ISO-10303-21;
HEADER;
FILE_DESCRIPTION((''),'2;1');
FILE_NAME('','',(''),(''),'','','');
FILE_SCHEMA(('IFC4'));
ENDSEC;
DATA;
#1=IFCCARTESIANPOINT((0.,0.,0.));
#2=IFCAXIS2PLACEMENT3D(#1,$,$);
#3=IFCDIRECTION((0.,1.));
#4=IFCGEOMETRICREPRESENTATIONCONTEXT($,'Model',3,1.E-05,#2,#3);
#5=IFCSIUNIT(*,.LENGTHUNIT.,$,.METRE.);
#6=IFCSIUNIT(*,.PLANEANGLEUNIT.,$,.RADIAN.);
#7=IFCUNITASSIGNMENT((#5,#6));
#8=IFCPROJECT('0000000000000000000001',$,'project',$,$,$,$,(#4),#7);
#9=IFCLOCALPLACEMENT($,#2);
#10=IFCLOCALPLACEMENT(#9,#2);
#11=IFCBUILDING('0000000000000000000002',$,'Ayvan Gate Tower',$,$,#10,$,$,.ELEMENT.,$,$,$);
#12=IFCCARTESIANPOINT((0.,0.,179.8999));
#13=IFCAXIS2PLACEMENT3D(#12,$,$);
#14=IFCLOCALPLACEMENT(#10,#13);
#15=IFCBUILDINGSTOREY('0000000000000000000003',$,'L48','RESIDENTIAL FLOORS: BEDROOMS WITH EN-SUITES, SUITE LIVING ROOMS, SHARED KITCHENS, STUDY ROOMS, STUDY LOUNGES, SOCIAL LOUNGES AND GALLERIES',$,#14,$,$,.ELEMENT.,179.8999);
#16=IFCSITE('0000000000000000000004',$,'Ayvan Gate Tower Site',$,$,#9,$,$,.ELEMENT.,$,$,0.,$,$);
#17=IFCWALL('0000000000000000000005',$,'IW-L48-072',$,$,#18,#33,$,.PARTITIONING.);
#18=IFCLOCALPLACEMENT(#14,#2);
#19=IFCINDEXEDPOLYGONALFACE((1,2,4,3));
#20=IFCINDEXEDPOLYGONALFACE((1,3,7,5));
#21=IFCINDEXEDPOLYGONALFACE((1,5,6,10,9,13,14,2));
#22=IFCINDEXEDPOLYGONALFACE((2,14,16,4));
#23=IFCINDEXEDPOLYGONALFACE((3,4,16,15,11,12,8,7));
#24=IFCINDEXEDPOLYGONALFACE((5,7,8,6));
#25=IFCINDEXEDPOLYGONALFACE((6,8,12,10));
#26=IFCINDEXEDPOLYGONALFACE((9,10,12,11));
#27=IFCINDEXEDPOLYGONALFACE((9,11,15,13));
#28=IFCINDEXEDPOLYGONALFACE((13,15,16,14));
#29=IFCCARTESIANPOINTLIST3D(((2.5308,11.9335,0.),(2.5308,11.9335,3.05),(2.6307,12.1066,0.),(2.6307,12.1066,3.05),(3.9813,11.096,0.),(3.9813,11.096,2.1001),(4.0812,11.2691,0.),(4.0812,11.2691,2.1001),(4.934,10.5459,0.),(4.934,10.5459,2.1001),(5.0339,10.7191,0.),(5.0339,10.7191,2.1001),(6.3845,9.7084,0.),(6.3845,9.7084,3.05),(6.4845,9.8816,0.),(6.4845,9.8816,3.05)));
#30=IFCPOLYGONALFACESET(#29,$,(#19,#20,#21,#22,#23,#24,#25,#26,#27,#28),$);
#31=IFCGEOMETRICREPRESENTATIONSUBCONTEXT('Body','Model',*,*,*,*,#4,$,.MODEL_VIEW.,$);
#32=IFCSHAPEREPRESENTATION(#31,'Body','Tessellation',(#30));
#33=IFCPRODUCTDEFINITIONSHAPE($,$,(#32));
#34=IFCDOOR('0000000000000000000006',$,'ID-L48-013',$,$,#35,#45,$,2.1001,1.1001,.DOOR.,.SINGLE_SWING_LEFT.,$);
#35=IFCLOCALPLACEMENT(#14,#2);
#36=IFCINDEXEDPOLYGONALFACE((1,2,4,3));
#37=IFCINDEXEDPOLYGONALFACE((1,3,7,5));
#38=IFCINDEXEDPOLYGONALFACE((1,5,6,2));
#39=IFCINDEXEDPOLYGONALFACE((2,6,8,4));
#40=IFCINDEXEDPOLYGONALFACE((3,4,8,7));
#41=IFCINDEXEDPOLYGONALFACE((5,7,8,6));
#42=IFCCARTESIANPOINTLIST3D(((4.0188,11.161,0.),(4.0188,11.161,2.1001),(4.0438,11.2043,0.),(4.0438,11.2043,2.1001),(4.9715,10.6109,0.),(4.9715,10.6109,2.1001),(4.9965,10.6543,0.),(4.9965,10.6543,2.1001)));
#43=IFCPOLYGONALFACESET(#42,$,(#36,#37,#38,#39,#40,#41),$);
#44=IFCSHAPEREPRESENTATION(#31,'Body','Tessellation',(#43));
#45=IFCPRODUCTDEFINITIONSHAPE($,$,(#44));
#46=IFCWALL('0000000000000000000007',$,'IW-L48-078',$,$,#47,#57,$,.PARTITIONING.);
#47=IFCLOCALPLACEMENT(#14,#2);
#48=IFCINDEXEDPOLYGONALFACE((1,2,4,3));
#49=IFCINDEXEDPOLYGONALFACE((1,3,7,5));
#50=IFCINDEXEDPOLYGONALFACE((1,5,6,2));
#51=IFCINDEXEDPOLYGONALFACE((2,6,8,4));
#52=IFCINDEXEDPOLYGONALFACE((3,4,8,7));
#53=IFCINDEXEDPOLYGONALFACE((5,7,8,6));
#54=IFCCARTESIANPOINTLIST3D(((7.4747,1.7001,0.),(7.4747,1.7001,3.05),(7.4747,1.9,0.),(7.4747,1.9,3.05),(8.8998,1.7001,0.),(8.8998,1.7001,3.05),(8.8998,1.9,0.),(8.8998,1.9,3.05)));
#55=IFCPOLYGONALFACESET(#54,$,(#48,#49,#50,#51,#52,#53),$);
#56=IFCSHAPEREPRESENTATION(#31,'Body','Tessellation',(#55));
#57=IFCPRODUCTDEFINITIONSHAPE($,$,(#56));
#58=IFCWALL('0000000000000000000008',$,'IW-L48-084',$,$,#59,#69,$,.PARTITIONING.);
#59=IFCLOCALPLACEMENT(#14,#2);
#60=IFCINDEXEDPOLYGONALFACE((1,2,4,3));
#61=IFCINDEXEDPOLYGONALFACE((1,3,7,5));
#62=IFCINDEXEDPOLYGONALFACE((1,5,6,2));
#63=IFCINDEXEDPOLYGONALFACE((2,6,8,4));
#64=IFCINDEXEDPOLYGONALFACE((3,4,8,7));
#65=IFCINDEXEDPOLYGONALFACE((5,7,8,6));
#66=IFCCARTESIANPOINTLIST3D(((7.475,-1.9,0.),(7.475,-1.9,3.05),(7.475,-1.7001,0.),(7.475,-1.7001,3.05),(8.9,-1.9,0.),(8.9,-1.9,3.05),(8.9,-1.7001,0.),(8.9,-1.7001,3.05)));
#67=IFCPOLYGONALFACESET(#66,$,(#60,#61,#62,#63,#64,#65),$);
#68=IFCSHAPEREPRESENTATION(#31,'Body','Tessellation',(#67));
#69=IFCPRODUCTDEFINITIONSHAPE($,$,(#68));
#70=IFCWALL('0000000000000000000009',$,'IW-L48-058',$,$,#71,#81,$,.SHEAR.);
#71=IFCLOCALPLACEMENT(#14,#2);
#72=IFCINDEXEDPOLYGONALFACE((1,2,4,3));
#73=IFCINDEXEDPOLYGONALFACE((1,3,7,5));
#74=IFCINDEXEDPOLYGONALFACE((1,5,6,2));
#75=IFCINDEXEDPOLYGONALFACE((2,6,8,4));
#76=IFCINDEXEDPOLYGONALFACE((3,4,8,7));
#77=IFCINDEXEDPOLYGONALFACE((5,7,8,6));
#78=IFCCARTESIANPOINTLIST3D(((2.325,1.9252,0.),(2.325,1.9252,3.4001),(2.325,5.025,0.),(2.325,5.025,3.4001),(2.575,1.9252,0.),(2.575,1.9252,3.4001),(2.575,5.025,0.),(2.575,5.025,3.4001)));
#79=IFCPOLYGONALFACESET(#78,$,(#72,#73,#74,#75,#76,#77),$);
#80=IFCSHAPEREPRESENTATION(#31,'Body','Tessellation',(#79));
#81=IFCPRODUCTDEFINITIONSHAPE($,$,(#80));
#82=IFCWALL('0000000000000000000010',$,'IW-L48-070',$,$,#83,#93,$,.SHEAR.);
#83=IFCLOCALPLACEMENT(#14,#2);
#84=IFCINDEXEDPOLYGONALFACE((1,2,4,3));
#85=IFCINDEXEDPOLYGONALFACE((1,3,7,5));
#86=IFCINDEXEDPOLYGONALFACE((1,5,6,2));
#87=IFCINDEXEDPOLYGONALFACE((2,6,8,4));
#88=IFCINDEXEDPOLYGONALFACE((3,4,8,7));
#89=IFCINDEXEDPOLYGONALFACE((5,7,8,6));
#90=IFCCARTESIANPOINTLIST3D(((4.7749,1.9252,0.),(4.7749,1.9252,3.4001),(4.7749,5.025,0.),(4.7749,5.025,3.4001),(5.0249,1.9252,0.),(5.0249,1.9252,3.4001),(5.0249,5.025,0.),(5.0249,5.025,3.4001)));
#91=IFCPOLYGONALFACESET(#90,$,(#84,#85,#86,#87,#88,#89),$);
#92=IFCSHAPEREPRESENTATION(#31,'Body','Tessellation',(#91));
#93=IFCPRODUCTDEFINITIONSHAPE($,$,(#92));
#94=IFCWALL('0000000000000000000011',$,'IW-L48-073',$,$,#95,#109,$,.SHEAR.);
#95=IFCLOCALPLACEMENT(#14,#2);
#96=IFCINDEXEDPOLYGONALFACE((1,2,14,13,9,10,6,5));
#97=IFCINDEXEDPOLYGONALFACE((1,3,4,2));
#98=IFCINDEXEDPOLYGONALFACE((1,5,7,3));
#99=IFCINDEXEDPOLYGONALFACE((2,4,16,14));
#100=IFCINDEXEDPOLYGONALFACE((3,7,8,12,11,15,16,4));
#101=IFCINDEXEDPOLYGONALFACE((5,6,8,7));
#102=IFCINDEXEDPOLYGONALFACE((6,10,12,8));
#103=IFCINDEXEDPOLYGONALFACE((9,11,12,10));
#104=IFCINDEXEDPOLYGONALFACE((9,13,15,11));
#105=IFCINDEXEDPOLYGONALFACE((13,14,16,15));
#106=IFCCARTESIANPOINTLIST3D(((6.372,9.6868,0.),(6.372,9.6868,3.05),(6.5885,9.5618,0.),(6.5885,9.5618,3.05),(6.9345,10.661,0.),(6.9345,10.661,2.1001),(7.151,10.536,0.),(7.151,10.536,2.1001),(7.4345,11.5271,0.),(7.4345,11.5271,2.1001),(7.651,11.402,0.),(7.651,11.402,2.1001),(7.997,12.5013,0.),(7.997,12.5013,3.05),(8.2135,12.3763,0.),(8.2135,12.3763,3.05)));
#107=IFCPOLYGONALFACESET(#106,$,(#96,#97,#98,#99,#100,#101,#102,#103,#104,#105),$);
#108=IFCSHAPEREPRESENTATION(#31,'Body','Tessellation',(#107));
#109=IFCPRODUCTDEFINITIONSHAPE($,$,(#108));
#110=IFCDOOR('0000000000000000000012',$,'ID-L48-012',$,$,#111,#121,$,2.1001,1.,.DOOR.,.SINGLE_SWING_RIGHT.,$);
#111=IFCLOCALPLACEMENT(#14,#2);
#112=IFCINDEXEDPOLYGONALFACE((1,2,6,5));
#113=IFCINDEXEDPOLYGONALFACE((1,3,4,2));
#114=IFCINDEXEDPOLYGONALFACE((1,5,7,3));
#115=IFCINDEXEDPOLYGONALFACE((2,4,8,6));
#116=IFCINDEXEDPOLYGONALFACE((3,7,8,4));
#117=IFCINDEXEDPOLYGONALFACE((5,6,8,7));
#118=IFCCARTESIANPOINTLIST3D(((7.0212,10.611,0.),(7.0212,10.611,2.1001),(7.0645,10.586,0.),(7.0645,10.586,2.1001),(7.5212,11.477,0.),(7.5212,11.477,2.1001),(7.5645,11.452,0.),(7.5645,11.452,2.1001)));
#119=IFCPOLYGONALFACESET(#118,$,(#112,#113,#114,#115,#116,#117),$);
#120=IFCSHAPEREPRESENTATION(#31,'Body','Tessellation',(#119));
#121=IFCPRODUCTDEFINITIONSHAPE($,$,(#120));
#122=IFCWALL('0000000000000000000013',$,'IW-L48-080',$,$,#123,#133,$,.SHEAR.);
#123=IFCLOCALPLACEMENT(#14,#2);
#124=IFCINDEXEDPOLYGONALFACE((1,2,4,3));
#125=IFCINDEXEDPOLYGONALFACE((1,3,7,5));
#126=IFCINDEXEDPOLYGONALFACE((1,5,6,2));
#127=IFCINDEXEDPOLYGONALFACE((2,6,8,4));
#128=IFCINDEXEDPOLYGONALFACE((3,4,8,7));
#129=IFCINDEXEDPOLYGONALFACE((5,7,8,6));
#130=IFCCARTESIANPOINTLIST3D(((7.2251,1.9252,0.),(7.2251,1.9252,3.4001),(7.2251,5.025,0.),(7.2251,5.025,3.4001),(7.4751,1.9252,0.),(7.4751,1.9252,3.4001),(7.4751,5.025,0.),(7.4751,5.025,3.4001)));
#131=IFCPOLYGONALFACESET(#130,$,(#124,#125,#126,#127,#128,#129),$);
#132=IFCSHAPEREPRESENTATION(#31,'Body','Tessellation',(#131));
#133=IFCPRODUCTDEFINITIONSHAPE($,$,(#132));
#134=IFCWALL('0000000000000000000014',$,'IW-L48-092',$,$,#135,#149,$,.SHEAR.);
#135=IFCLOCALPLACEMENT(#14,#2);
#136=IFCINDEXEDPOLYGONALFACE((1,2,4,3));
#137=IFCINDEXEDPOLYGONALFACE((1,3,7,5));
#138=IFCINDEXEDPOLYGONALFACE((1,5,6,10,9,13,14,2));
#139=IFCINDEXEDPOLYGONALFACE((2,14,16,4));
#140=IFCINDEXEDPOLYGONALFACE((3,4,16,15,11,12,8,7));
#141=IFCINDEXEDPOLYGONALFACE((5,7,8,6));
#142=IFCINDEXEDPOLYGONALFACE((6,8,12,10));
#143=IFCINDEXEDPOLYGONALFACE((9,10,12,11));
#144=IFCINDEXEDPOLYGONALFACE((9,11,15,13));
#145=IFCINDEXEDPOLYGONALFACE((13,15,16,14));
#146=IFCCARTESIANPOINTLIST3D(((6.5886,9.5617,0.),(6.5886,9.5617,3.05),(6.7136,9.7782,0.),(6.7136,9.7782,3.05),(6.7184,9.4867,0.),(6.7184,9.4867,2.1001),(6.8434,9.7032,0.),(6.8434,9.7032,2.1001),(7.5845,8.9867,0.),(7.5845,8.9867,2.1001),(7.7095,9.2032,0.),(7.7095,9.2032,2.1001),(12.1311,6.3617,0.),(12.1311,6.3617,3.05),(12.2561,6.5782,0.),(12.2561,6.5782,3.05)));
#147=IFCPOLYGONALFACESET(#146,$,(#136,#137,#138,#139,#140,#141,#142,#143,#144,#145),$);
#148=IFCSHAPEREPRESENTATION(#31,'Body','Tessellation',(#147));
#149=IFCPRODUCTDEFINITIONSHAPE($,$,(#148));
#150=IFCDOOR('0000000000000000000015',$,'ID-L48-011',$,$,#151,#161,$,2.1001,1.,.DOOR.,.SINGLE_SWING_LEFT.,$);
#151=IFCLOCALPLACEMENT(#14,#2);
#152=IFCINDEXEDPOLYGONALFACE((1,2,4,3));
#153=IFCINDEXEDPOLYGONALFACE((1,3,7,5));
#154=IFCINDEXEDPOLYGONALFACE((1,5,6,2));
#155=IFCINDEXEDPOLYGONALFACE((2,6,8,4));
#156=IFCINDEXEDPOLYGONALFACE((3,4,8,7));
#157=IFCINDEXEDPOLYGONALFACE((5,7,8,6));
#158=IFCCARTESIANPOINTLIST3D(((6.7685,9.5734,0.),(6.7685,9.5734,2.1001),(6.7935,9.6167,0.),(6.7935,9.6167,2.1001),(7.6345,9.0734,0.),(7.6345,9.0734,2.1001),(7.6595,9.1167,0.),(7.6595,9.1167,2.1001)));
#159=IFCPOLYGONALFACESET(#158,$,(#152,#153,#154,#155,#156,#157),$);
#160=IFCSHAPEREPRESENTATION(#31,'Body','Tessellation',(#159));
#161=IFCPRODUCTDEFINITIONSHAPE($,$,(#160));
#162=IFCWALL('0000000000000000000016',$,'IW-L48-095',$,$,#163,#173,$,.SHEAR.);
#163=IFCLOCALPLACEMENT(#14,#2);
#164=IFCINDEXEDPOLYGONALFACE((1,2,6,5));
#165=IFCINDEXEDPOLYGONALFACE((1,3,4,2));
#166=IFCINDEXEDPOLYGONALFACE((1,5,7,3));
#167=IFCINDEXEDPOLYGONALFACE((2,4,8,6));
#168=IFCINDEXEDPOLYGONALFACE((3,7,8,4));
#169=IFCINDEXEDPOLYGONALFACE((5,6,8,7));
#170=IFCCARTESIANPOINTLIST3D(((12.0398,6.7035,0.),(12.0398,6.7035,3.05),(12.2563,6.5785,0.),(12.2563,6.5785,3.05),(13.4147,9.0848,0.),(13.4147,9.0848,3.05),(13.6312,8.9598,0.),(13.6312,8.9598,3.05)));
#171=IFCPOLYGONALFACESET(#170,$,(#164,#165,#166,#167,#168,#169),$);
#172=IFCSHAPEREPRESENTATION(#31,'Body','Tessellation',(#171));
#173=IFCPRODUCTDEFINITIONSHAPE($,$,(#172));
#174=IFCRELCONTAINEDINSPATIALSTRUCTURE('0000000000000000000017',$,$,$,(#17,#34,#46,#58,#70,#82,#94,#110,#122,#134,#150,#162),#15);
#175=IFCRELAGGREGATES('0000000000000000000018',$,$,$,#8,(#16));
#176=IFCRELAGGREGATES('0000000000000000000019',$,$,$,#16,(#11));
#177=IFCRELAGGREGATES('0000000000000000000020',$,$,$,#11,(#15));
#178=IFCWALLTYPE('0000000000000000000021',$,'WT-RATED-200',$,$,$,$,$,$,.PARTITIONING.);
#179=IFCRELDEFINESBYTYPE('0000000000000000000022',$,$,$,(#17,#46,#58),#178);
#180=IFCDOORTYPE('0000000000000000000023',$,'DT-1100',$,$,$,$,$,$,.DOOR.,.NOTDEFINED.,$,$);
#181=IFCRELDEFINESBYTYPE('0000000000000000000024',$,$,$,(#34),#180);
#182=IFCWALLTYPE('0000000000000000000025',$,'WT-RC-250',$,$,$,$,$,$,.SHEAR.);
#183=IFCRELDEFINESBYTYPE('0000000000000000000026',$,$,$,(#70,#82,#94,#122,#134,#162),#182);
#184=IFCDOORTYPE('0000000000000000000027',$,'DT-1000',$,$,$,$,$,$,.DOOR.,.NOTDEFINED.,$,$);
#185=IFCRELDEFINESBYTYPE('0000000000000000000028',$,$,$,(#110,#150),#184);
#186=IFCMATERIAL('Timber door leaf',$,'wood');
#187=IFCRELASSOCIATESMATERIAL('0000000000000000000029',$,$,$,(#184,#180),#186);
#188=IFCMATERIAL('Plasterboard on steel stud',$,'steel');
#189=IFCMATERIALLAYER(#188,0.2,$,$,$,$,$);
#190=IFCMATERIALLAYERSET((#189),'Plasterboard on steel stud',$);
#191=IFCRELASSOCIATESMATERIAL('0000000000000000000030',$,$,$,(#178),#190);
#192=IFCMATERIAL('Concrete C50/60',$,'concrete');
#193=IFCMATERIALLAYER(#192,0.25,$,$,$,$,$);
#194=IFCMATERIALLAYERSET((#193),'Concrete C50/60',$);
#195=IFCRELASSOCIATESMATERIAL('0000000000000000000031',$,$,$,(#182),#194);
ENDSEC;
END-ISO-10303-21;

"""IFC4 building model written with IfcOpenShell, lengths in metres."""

from ifc_helpers import new_model, si_unit, direction, frame, frame_2d, origin, place, context, subcontext, project, spatial, rectangle, extrude, material, layer, layer_set, type_object, element, fill, save


model = new_model("IFC4")

# Units and contexts
model_context = context("Model", 3, precision=1e-05, world=origin(), true_north=direction((0.0, 1.0)))
body_context = subcontext(model_context, "Body", "Model", "MODEL_VIEW")
ifc_project = project(units=[si_unit("LENGTHUNIT", "METRE"), si_unit("PLANEANGLEUNIT", "RADIAN")], contexts=[model_context])

# Site, building, storey
site_placement = place(None, origin())
site = spatial("IfcSite", under=ifc_project, at=site_placement, Name="Ayvan Gate Tower Site", CompositionType="ELEMENT", RefElevation=0.0)
building_placement = place(site_placement, origin())
building = spatial("IfcBuilding", under=site, at=building_placement, Name="Ayvan Gate Tower", CompositionType="ELEMENT")
storey_placement = place(building_placement, frame((0.0, 0.0, 179.8999)))
storey = spatial("IfcBuildingStorey", under=building, at=storey_placement, Name="L48", Description="RESIDENTIAL FLOORS: BEDROOMS WITH EN-SUITES, SUITE LIVING ROOMS, SHARED KITCHENS, STUDY ROOMS, STUDY LOUNGES, SOCIAL LOUNGES AND GALLERIES", CompositionType="ELEMENT", Elevation=179.8999)

# Shared definitions
ifc_material_1 = material(Name="Timber door leaf", Category="wood")

# Shared definitions
ifc_material_2 = material(Name="Plasterboard on steel stud", Category="steel")
door_type_1 = type_object("IfcDoorType", Name="DT-1000", OperationType="NOTDEFINED", PredefinedType="DOOR", material=ifc_material_1)

# Shared definitions
ifc_layer_1 = layer(ifc_material_2, 0.2)
ifc_layer_set_1 = layer_set([ifc_layer_1], Name="Plasterboard on steel stud")
wall_type_1 = type_object("IfcWallType", Name="WT-RATED-200", PredefinedType="PARTITIONING", material=ifc_layer_set_1)

# Wall, opening, door
wall_1_placement = place(storey_placement, frame((6.4346, 9.7949, 0.0), z_axis=(0.0, 0.0, 1.0), x_axis=(-0.866013, 0.500022, 0.0)))
wall_1 = element("IfcWall", 1, at=wall_1_placement, inside=storey, type_object=wall_type_1, Name="IW-L48-072", PredefinedType="PARTITIONING", context=body_context, shape_type="SweptSolid", body=[
    extrude(rectangle(XDim=4.45, YDim=0.2, at=frame_2d((2.2251, 0.0))), origin(), (0.0, 0.0, 1.0), 3.05),
])
opening_1_placement = place(wall_1_placement, frame((1.675, 0.0, 0.0)))
opening_1 = element("IfcOpeningElement", 2, at=opening_1_placement, cuts=wall_1, PredefinedType="OPENING", context=body_context, shape_type="SweptSolid", body=[
    extrude(rectangle(XDim=1.1001, YDim=2.1001, at=frame_2d((0.55, 1.05))), frame((0.0, 0.1099, 0.0), z_axis=(0.0, -1.0, 0.0), x_axis=(1.0, 0.0, 0.0)), (0.0, 0.0, 1.0), 0.22),
])
door_type_2 = type_object("IfcDoorType", Name="DT-1100", OperationType="NOTDEFINED", PredefinedType="DOOR", material=ifc_material_1)
door_1_placement = place(opening_1_placement, origin())
door_1 = element("IfcDoor", 3, at=door_1_placement, inside=storey, type_object=door_type_2, Name="ID-L48-013", OperationType="SINGLE_SWING_LEFT", OverallHeight=2.1001, OverallWidth=1.1001, PredefinedType="DOOR", context=body_context, shape_type="SweptSolid", body=[
    extrude(rectangle(XDim=1.1001, YDim=2.1001, at=frame_2d((0.55, 1.05))), frame((0.0, 0.0249, 0.0), z_axis=(0.0, -1.0, 0.0), x_axis=(1.0, 0.0, 0.0)), (0.0, 0.0, 1.0), 0.05),
])
fill(opening_1, door_1)

# Walls
for number, where, z_axis, x_axis, name in (
    (4, (7.4749, 1.8, 0.0), (0.0, 0.0, 1.0), (1.0, 0.0, 0.0), "IW-L48-078"),
    (5, (8.8999, -1.8, 0.0), (0.0, 0.0, 1.0), (-1.0, 0.0, 0.0), "IW-L48-084"),
):
    element("IfcWall", number, at=place(storey_placement, frame(where, z_axis=z_axis, x_axis=x_axis)), inside=storey, type_object=wall_type_1, Name=name, PredefinedType="PARTITIONING", context=body_context, shape_type="SweptSolid", body=[
        extrude(rectangle(XDim=1.425, YDim=0.2, at=frame_2d((0.7124, 0.0))), origin(), (0.0, 0.0, 1.0), 3.05),
    ])
ifc_material_3 = material(Name="Concrete C50/60", Category="concrete")
ifc_layer_2 = layer(ifc_material_3, 0.25)
ifc_layer_set_2 = layer_set([ifc_layer_2], Name="Concrete C50/60")
wall_type_2 = type_object("IfcWallType", Name="WT-RC-250", PredefinedType="SHEAR", material=ifc_layer_set_2)
for number, where, z_axis, x_axis, name in (
    (6, (2.45, 5.0249, 0.0), (0.0, 0.0, 1.0), (0.0, -1.0, 0.0), "IW-L48-058"),
    (7, (4.8999, 5.0249, 0.0), (0.0, 0.0, 1.0), (0.0, -1.0, 0.0), "IW-L48-070"),
):
    element("IfcWall", number, at=place(storey_placement, frame(where, z_axis=z_axis, x_axis=x_axis)), inside=storey, type_object=wall_type_2, Name=name, PredefinedType="SHEAR", context=body_context, shape_type="SweptSolid", body=[
        extrude(rectangle(XDim=3.0999, YDim=0.25, at=frame_2d((1.5498, 0.0))), origin(), (0.0, 0.0, 1.0), 3.4001),
    ])

# Wall, opening, door
wall_2_placement = place(storey_placement, frame((6.4802, 9.6243, 0.0), z_axis=(0.0, 0.0, 1.0), x_axis=(0.500017, 0.866015, 0.0)))
wall_2 = element("IfcWall", 8, at=wall_2_placement, inside=storey, type_object=wall_type_2, Name="IW-L48-073", PredefinedType="SHEAR", context=body_context, shape_type="SweptSolid", body=[
    extrude(rectangle(XDim=3.25, YDim=0.25, at=frame_2d((1.625, 0.0))), origin(), (0.0, 0.0, 1.0), 3.05),
])
opening_2_placement = place(wall_2_placement, frame((1.125, 0.0, 0.0)))
opening_2 = element("IfcOpeningElement", 9, at=opening_2_placement, cuts=wall_2, PredefinedType="OPENING", context=body_context, shape_type="SweptSolid", body=[
    extrude(rectangle(XDim=1.0, YDim=2.1001, at=frame_2d((0.5, 1.05))), frame((0.0, 0.135, 0.0), z_axis=(0.0, -1.0, 0.0), x_axis=(1.0, 0.0, 0.0)), (0.0, 0.0, 1.0), 0.27),
])
door_2_placement = place(opening_2_placement, origin())
door_2 = element("IfcDoor", 10, at=door_2_placement, inside=storey, type_object=door_type_1, Name="ID-L48-012", OperationType="SINGLE_SWING_RIGHT", OverallHeight=2.1001, OverallWidth=1.0, PredefinedType="DOOR", context=body_context, shape_type="SweptSolid", body=[
    extrude(rectangle(XDim=1.0, YDim=2.1001, at=frame_2d((0.5, 1.05))), frame((0.0, 0.0249, 0.0), z_axis=(0.0, -1.0, 0.0), x_axis=(1.0, 0.0, 0.0)), (0.0, 0.0, 1.0), 0.05),
])
fill(opening_2, door_2)

# Wall
wall_3_placement = place(storey_placement, frame((7.3501, 5.0249, 0.0), z_axis=(0.0, 0.0, 1.0), x_axis=(0.0, -1.0, 0.0)))
element("IfcWall", 11, at=wall_3_placement, inside=storey, type_object=wall_type_2, Name="IW-L48-080", PredefinedType="SHEAR", context=body_context, shape_type="SweptSolid", body=[
    extrude(rectangle(XDim=3.0999, YDim=0.25, at=frame_2d((1.5498, 0.0))), origin(), (0.0, 0.0, 1.0), 3.4001),
])

# Wall, opening, door
wall_4_placement = place(storey_placement, frame((12.1936, 6.47, 0.0), z_axis=(0.0, 0.0, 1.0), x_axis=(-0.866025, 0.5, 0.0)))
wall_4 = element("IfcWall", 12, at=wall_4_placement, inside=storey, type_object=wall_type_2, Name="IW-L48-092", PredefinedType="SHEAR", context=body_context, shape_type="SweptSolid", body=[
    extrude(rectangle(XDim=6.3999, YDim=0.25, at=frame_2d((3.2, 0.0))), origin(), (0.0, 0.0, 1.0), 3.05),
])
opening_3_placement = place(wall_4_placement, frame((5.25, 0.0, 0.0)))
opening_3 = element("IfcOpeningElement", 13, at=opening_3_placement, cuts=wall_4, PredefinedType="OPENING", context=body_context, shape_type="SweptSolid", body=[
    extrude(rectangle(XDim=1.0, YDim=2.1001, at=frame_2d((0.5, 1.05))), frame((0.0, 0.135, 0.0), z_axis=(0.0, -1.0, 0.0), x_axis=(1.0, 0.0, 0.0)), (0.0, 0.0, 1.0), 0.27),
])
door_3_placement = place(opening_3_placement, origin())
door_3 = element("IfcDoor", 14, at=door_3_placement, inside=storey, type_object=door_type_1, Name="ID-L48-011", OperationType="SINGLE_SWING_LEFT", OverallHeight=2.1001, OverallWidth=1.0, PredefinedType="DOOR", context=body_context, shape_type="SweptSolid", body=[
    extrude(rectangle(XDim=1.0, YDim=2.1001, at=frame_2d((0.5, 1.05))), frame((0.0, 0.0249, 0.0), z_axis=(0.0, -1.0, 0.0), x_axis=(1.0, 0.0, 0.0)), (0.0, 0.0, 1.0), 0.05),
])
fill(opening_3, door_3)

# Wall
wall_5_placement = place(storey_placement, frame((12.1479, 6.6409, 0.0), z_axis=(0.0, 0.0, 1.0), x_axis=(0.500035, 0.866005, 0.0)))
element("IfcWall", 15, at=wall_5_placement, inside=storey, type_object=wall_type_2, Name="IW-L48-095", PredefinedType="SHEAR", context=body_context, shape_type="SweptSolid", body=[
    extrude(rectangle(XDim=2.7498, YDim=0.25, at=frame_2d((1.375, 0.0))), origin(), (0.0, 0.0, 1.0), 3.05),
])

save(model, "model.ifc")
